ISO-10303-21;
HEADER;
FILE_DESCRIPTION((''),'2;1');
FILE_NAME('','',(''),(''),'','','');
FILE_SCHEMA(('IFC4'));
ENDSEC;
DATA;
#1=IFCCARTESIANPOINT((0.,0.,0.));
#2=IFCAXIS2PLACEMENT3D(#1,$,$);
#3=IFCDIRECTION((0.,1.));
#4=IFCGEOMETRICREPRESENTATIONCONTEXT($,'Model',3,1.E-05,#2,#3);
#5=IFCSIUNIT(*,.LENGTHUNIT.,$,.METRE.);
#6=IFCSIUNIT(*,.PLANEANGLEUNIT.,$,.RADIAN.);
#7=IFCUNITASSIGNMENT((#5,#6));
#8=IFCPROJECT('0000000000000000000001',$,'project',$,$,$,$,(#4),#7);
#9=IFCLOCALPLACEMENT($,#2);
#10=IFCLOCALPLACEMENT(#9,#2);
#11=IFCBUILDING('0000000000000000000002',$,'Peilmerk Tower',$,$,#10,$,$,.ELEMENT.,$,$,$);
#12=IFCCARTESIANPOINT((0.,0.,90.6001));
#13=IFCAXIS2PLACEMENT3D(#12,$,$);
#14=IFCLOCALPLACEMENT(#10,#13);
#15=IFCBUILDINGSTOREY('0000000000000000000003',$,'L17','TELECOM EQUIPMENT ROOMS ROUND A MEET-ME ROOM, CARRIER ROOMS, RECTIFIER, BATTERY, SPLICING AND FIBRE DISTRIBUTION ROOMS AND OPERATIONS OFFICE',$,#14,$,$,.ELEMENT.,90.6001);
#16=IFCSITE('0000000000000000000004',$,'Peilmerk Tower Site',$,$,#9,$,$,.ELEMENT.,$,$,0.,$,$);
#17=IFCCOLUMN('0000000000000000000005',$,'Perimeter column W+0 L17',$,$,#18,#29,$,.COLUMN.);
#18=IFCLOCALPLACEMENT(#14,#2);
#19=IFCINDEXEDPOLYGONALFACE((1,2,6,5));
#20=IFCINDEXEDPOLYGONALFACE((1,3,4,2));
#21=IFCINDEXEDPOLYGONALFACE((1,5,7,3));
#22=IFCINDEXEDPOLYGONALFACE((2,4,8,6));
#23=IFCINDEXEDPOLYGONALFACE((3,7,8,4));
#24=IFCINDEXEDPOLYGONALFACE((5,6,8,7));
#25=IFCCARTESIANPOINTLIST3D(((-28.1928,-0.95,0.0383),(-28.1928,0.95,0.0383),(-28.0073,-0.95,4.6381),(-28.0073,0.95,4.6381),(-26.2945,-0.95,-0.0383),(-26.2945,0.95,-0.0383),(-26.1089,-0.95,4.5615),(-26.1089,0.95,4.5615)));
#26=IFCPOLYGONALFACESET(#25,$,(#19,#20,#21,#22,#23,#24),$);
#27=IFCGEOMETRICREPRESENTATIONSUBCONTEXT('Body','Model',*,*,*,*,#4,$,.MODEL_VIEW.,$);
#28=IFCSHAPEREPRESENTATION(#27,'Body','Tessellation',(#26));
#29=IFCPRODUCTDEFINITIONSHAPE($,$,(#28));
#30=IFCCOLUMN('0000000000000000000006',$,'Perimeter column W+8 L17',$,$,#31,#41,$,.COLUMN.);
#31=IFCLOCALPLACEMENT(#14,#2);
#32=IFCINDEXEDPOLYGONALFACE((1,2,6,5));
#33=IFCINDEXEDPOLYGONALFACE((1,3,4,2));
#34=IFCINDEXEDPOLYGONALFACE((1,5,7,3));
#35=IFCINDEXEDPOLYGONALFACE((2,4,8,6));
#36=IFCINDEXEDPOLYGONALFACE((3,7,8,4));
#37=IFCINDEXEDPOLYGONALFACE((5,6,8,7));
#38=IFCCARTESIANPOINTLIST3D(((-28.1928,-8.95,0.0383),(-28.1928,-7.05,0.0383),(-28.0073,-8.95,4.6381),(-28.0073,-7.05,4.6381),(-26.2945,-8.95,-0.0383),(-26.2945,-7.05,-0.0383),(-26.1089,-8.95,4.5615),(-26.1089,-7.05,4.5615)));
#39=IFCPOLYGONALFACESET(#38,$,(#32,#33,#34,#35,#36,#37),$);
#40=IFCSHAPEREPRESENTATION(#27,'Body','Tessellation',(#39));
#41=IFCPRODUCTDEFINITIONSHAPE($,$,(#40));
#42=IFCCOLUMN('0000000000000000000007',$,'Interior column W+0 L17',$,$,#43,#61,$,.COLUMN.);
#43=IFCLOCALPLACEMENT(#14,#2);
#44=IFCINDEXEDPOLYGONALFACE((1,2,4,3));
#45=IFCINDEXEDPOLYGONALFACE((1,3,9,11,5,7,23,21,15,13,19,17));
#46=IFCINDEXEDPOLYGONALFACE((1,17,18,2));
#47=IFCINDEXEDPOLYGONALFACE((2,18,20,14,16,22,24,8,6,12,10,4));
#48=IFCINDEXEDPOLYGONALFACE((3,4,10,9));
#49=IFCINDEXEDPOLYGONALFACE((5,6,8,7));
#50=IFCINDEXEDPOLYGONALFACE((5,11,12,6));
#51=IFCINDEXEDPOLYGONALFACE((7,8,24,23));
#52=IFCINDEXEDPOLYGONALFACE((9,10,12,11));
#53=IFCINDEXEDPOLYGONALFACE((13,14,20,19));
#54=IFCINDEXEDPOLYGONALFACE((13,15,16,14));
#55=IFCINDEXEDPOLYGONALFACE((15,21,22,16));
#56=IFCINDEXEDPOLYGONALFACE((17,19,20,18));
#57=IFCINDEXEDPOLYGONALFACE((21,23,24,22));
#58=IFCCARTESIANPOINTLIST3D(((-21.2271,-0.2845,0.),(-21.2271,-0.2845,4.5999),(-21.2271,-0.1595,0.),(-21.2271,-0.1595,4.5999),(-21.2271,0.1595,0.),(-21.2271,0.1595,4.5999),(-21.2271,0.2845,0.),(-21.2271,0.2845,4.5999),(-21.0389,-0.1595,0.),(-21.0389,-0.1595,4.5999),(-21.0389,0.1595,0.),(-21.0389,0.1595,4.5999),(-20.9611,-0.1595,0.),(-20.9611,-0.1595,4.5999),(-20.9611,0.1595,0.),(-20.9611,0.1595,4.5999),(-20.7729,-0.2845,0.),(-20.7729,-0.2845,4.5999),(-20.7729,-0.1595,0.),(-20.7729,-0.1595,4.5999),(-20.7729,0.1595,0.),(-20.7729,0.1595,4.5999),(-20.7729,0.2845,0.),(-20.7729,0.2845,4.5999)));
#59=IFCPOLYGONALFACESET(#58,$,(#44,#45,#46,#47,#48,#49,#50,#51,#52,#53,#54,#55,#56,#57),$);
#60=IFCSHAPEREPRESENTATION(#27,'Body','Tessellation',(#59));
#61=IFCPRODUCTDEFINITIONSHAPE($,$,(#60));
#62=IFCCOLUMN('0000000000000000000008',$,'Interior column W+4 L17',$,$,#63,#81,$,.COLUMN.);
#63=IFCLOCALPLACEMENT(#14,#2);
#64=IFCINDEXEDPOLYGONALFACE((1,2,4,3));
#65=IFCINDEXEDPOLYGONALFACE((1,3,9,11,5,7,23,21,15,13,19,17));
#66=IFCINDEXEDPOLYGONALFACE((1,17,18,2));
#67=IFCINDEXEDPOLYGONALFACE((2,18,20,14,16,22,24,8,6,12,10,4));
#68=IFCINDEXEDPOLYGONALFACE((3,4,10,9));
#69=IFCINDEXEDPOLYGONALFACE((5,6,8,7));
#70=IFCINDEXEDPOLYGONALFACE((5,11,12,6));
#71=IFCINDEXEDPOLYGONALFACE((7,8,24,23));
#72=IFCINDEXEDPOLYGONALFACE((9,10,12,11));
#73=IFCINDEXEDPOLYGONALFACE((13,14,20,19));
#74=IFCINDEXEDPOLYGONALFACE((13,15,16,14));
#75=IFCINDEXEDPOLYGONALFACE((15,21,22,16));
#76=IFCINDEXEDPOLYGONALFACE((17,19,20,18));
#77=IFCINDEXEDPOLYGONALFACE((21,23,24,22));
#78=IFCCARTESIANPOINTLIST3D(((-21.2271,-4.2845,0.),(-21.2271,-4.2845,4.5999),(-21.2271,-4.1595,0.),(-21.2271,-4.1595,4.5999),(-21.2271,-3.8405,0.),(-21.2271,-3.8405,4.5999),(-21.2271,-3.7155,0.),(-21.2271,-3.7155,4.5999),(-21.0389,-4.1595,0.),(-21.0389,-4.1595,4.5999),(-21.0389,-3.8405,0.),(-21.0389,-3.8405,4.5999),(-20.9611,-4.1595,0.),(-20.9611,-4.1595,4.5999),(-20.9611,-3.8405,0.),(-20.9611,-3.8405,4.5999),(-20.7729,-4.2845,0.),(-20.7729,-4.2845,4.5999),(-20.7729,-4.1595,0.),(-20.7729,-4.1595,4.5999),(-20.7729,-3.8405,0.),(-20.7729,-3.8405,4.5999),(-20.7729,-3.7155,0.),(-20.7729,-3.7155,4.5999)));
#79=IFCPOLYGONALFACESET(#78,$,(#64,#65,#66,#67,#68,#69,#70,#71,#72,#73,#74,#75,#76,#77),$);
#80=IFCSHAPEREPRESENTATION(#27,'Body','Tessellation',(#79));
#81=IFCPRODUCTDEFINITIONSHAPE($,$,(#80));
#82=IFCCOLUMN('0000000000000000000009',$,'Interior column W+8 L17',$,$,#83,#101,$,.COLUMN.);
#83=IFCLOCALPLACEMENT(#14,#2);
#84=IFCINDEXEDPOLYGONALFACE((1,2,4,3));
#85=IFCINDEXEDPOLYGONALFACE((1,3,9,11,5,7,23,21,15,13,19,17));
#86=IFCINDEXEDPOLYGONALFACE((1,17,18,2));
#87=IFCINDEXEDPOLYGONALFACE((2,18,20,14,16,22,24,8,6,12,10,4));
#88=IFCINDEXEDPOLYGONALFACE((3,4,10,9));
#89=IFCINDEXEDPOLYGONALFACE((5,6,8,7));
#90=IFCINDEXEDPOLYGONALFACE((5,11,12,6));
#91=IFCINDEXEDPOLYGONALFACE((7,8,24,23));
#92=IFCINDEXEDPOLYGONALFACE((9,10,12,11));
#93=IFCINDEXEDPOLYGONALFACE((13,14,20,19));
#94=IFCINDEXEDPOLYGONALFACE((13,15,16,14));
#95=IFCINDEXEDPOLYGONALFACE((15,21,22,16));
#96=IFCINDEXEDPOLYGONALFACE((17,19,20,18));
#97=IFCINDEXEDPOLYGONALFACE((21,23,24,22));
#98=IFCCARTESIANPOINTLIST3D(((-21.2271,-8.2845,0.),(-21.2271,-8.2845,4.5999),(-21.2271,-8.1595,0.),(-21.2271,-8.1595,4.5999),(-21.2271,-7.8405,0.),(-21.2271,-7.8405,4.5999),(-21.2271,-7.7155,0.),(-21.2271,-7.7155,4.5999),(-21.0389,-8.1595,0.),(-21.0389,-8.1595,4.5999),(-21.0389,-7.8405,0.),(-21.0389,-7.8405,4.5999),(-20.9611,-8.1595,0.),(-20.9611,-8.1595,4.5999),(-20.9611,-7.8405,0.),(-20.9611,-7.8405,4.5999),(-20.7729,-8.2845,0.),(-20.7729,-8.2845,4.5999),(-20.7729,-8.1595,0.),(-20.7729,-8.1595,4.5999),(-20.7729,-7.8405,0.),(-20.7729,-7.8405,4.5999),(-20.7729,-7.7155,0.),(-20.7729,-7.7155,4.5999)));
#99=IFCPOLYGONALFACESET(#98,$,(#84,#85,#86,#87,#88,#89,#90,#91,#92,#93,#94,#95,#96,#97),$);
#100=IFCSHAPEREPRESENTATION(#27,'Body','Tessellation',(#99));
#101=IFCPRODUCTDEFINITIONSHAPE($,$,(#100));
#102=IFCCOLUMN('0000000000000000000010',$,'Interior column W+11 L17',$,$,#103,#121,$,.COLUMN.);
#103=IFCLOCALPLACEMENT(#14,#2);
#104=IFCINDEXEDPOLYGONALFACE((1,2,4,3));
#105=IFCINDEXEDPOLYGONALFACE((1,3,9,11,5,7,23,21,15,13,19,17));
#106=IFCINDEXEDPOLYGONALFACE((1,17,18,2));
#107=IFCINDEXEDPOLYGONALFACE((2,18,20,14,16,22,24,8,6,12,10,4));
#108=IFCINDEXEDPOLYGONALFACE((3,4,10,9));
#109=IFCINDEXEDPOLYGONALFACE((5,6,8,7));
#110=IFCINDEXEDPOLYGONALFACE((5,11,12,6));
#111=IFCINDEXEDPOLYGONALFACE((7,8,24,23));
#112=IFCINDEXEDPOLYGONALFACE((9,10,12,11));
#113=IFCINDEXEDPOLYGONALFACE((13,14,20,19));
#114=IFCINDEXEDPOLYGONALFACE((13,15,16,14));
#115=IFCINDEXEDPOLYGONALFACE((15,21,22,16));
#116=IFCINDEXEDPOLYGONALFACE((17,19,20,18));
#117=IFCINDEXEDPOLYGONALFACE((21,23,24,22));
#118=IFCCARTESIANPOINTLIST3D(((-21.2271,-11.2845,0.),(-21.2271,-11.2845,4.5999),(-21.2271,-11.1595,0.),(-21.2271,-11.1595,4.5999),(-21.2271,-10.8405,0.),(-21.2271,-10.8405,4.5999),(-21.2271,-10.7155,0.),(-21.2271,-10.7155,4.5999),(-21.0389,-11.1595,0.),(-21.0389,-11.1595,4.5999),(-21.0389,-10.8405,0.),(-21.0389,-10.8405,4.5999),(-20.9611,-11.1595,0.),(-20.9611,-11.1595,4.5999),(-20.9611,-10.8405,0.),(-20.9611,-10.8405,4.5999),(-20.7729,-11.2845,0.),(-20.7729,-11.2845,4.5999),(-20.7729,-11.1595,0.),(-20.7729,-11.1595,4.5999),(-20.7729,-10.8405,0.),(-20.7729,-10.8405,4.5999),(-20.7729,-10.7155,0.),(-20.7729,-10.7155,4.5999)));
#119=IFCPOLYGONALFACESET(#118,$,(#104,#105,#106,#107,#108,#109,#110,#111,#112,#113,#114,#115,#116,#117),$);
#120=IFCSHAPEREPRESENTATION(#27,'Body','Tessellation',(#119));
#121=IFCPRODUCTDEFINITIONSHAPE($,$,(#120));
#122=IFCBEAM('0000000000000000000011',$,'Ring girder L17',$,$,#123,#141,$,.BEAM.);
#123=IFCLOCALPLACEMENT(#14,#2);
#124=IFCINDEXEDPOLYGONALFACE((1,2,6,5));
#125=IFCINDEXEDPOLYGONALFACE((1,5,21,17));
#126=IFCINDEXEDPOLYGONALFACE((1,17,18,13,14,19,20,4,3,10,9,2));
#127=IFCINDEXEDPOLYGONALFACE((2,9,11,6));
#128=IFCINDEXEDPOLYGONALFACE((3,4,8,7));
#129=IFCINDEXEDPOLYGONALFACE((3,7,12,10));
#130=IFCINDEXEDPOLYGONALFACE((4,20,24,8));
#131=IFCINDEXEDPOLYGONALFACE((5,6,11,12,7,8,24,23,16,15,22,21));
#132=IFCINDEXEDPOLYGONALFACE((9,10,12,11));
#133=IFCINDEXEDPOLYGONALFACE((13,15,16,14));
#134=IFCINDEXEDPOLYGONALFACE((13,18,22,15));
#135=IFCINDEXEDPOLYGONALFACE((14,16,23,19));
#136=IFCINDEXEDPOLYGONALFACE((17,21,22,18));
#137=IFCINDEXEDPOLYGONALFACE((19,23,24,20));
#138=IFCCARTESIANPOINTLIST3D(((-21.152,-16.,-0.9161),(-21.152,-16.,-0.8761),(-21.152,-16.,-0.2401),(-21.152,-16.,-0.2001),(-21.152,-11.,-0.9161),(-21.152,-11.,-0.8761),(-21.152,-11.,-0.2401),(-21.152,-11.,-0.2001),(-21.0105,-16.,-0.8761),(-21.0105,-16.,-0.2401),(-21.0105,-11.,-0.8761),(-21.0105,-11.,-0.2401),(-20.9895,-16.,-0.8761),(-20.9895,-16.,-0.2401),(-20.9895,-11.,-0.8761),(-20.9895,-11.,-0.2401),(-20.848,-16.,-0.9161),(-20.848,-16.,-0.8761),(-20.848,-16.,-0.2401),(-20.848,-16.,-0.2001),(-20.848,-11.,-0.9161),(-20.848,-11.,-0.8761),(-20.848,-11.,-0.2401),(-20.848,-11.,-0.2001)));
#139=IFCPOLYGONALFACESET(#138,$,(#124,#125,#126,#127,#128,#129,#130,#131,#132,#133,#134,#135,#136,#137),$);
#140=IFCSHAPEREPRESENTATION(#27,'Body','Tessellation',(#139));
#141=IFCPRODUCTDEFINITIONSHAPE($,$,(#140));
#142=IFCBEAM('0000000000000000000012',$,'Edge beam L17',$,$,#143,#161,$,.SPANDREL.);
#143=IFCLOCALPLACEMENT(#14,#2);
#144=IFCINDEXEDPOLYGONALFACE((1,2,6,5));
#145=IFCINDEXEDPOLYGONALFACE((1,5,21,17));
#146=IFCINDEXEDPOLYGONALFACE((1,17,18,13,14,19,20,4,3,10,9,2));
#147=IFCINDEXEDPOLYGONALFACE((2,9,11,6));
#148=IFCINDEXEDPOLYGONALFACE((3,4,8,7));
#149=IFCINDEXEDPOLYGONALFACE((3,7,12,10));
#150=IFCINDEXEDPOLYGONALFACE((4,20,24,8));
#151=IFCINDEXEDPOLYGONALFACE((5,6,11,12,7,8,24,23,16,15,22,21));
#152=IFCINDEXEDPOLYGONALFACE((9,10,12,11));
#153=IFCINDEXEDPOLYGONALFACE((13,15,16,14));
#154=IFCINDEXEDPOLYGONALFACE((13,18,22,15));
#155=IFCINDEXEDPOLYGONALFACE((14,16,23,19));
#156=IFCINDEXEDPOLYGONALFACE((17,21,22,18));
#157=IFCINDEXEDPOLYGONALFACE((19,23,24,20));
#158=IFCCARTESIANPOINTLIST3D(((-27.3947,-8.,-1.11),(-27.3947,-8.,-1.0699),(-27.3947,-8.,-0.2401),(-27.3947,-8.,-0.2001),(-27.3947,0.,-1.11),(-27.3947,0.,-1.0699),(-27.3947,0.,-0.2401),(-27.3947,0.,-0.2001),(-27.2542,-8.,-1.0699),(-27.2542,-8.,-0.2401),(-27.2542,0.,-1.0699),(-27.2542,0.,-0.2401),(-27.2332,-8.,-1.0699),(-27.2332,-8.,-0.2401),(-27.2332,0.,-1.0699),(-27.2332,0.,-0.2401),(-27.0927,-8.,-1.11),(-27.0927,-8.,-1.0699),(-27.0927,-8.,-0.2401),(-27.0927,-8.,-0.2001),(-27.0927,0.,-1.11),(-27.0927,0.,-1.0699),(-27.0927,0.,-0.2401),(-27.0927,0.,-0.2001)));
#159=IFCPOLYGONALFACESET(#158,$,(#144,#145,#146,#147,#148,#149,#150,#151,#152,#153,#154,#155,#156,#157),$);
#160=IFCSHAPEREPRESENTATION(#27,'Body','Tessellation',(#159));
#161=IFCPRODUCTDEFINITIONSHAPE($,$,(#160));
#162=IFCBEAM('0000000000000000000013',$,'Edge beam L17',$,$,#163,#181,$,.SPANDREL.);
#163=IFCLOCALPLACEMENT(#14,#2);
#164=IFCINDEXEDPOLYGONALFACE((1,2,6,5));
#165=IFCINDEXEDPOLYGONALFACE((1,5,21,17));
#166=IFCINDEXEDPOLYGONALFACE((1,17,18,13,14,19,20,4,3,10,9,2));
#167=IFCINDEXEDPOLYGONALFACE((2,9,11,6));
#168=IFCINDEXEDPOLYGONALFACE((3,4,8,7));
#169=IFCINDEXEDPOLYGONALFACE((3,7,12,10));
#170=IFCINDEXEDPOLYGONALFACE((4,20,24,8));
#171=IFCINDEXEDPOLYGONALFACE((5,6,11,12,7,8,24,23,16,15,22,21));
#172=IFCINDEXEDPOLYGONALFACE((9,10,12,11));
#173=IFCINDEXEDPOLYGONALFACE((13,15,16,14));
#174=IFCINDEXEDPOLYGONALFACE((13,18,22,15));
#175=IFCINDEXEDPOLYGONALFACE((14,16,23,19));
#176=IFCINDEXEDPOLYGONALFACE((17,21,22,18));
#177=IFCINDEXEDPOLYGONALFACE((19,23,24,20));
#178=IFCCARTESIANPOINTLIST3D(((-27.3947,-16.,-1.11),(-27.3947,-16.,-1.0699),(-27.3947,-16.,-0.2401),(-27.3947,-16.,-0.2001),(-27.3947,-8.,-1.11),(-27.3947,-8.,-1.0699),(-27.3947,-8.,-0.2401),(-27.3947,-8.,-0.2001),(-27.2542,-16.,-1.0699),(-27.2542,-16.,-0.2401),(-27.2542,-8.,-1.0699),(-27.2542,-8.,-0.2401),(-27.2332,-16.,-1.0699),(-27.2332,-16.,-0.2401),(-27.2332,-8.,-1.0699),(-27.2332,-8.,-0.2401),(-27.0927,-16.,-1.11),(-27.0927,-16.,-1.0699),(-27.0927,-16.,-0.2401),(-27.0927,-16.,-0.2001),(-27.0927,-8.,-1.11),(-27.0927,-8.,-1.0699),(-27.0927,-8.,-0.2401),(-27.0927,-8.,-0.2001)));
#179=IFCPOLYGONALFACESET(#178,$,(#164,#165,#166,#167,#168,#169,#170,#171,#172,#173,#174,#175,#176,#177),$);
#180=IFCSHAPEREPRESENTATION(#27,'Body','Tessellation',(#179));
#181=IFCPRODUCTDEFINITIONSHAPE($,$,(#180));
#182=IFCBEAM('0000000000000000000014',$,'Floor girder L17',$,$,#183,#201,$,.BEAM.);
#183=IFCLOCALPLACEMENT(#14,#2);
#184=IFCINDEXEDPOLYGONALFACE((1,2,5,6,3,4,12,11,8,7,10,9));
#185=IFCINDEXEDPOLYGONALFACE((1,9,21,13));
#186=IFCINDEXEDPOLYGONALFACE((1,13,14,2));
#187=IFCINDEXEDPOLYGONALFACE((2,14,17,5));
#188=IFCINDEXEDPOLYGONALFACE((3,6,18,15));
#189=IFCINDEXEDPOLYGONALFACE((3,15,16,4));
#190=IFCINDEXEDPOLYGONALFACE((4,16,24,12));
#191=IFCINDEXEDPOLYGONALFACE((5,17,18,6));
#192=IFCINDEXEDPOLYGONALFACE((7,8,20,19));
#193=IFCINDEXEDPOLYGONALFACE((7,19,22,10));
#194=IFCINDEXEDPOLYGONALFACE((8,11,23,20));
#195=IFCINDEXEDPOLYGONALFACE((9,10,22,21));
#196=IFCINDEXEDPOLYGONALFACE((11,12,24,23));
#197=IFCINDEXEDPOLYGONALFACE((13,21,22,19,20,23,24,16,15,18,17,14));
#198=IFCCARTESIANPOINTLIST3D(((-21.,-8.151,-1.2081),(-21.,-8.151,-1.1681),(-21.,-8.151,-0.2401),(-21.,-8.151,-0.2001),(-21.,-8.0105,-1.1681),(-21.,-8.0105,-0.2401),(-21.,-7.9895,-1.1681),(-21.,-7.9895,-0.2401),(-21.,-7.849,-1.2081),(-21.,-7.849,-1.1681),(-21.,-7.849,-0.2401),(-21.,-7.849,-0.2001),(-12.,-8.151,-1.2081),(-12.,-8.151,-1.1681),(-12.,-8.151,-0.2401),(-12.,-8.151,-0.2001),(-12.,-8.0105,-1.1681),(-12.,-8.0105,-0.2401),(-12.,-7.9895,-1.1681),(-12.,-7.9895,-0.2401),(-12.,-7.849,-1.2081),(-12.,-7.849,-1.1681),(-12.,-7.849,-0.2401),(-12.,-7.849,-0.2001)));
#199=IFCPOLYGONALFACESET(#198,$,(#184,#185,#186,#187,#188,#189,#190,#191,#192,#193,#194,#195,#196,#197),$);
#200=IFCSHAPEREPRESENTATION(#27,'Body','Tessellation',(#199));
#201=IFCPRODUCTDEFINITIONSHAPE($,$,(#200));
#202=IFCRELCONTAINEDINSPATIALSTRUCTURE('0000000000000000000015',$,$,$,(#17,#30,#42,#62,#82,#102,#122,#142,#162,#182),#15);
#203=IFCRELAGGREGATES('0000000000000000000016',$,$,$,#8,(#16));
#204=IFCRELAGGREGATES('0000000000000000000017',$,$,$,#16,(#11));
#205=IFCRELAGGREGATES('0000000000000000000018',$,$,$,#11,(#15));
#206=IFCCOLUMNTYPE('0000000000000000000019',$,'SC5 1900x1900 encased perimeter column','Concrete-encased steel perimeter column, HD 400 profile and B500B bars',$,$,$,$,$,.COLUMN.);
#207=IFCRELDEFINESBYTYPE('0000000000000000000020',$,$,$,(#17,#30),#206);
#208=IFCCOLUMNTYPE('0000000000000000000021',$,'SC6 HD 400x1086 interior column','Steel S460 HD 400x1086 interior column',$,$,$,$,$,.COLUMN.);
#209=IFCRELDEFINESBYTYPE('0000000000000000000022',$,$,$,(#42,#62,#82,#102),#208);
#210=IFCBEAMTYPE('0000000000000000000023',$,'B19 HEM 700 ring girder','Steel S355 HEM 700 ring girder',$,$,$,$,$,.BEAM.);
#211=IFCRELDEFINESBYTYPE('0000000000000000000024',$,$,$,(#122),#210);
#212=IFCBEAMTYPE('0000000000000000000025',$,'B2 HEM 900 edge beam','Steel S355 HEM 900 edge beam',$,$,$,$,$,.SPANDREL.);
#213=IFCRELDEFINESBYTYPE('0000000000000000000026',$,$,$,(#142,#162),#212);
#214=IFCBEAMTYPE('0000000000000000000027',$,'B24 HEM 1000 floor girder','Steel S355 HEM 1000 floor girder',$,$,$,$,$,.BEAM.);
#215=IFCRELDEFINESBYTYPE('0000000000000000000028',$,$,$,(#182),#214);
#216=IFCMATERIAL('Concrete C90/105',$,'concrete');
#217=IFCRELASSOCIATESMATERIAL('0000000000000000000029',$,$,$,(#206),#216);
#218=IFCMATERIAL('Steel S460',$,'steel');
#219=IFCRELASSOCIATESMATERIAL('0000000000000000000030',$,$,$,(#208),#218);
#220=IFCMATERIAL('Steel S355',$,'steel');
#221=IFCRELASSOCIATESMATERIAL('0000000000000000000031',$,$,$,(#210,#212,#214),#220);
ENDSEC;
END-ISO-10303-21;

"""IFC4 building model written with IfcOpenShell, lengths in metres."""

from ifc_helpers import new_model, si_unit, direction, frame, origin, origin_2d, place, context, subcontext, project, spatial, rectangle, i_section, extrude, material, material_profile, profile_set, type_object, element, save


model = new_model("IFC4")

# Units and contexts
model_context = context("Model", 3, precision=1e-05, world=origin(), true_north=direction((0.0, 1.0)))
body_context = subcontext(model_context, "Body", "Model", "MODEL_VIEW")
ifc_project = project(units=[si_unit("LENGTHUNIT", "METRE"), si_unit("PLANEANGLEUNIT", "RADIAN")], contexts=[model_context])

# Site, building, storey
site_placement = place(None, origin())
site = spatial("IfcSite", under=ifc_project, at=site_placement, Name="Peilmerk Tower Site", CompositionType="ELEMENT", RefElevation=0.0)
building_placement = place(site_placement, origin())
building = spatial("IfcBuilding", under=site, at=building_placement, Name="Peilmerk Tower", CompositionType="ELEMENT")
storey_placement = place(building_placement, frame((0.0, 0.0, 90.6001)))
storey = spatial("IfcBuildingStorey", under=building, at=storey_placement, Name="L17", Description="TELECOM EQUIPMENT ROOMS ROUND A MEET-ME ROOM, CARRIER ROOMS, RECTIFIER, BATTERY, SPLICING AND FIBRE DISTRIBUTION ROOMS AND OPERATIONS OFFICE", CompositionType="ELEMENT", Elevation=90.6001)

# Columns
ifc_material_1 = material(Name="Concrete C90/105", Category="concrete")
ifc_material_profile_1 = material_profile(ifc_material_1, rectangle(XDim=1.8999, YDim=1.8999, at=origin_2d()), Name="RC 1900x1900")
ifc_profile_set_1 = profile_set([ifc_material_profile_1], Name="Concrete C90/105")
column_type_1 = type_object("IfcColumnType", Name="SC5 1900x1900 encased perimeter column", Description="Concrete-encased steel perimeter column, HD 400 profile and B500B bars", PredefinedType="COLUMN", material=ifc_profile_set_1)
for number, where, z_axis, x_axis, name in (
    (1, (-27.2437, 0.0, 0.0), (0.040305, 0.0, 0.999187), (0.0, 1.0, 0.0), "Perimeter column W+0 L17"),
    (2, (-27.2437, -8.0, 0.0), (0.040305, 0.0, 0.999187), (0.0, 1.0, 0.0), "Perimeter column W+8 L17"),
):
    element("IfcColumn", number, at=place(storey_placement, frame(where, z_axis=z_axis, x_axis=x_axis)), inside=storey, type_object=column_type_1, Name=name, PredefinedType="COLUMN", context=body_context, shape_type="SweptSolid", body=[
        extrude(rectangle(XDim=1.8999, YDim=1.8999, at=origin_2d()), origin(), (0.0, 0.0, 1.0), 4.6035),
    ])
ifc_material_2 = material(Name="Steel S460", Category="steel")
ifc_material_profile_2 = material_profile(ifc_material_2, i_section(OverallWidth=0.4541, OverallDepth=0.5691, WebThickness=0.0779, FlangeThickness=0.125, at=origin_2d()), Name="HD 400x1086")
ifc_profile_set_2 = profile_set([ifc_material_profile_2], Name="Steel S460")
column_type_2 = type_object("IfcColumnType", Name="SC6 HD 400x1086 interior column", Description="Steel S460 HD 400x1086 interior column", PredefinedType="COLUMN", material=ifc_profile_set_2)
for number, where, z_axis, x_axis, name in (
    (3, (-21.0, 0.0, 0.0), (0.0, 0.0, 1.0), (1.0, 0.0, 0.0), "Interior column W+0 L17"),
    (4, (-21.0, -4.0, 0.0), (0.0, 0.0, 1.0), (1.0, 0.0, 0.0), "Interior column W+4 L17"),
    (5, (-21.0, -8.0, 0.0), (0.0, 0.0, 1.0), (1.0, 0.0, 0.0), "Interior column W+8 L17"),
    (6, (-21.0, -11.0, 0.0), (0.0, 0.0, 1.0), (1.0, 0.0, 0.0), "Interior column W+11 L17"),
):
    element("IfcColumn", number, at=place(storey_placement, frame(where, z_axis=z_axis, x_axis=x_axis)), inside=storey, type_object=column_type_2, Name=name, PredefinedType="COLUMN", context=body_context, shape_type="SweptSolid", body=[
        extrude(i_section(OverallWidth=0.4541, OverallDepth=0.5691, WebThickness=0.0779, FlangeThickness=0.125, at=origin_2d()), origin(), (0.0, 0.0, 1.0), 4.5999),
    ])

# Beams
ifc_material_3 = material(Name="Steel S355", Category="steel")
ifc_material_profile_3 = material_profile(ifc_material_3, i_section(OverallWidth=0.304, OverallDepth=0.7161, WebThickness=0.021, FlangeThickness=0.04, at=origin_2d()), Name="HEM 700")
ifc_profile_set_3 = profile_set([ifc_material_profile_3], Name="Steel S355")
beam_type_1 = type_object("IfcBeamType", Name="B19 HEM 700 ring girder", Description="Steel S355 HEM 700 ring girder", PredefinedType="BEAM", material=ifc_profile_set_3)
beam_1_placement = place(storey_placement, frame((-21.0, -11.0, -0.5581), z_axis=(0.0, -1.0, 0.0), x_axis=(1.0, 0.0, 0.0)))
element("IfcBeam", 7, at=beam_1_placement, inside=storey, type_object=beam_type_1, Name="Ring girder L17", PredefinedType="BEAM", context=body_context, shape_type="SweptSolid", body=[
    extrude(i_section(OverallWidth=0.304, OverallDepth=0.7161, WebThickness=0.021, FlangeThickness=0.04, at=origin_2d()), origin(), (0.0, 0.0, 1.0), 5.0),
])
ifc_material_profile_4 = material_profile(ifc_material_3, i_section(OverallWidth=0.302, OverallDepth=0.9099, WebThickness=0.021, FlangeThickness=0.04, at=origin_2d()), Name="HEM 900")
ifc_profile_set_4 = profile_set([ifc_material_profile_4], Name="Steel S355")
beam_type_2 = type_object("IfcBeamType", Name="B2 HEM 900 edge beam", Description="Steel S355 HEM 900 edge beam", PredefinedType="SPANDREL", material=ifc_profile_set_4)
for number, where, z_axis, x_axis, name in (
    (8, (-27.2437, 0.0, -0.655), (0.0, -1.0, 0.0), (1.0, 0.0, 0.0), "Edge beam L17"),
    (9, (-27.2437, -8.0, -0.655), (0.0, -1.0, 0.0), (1.0, 0.0, 0.0), "Edge beam L17"),
):
    element("IfcBeam", number, at=place(storey_placement, frame(where, z_axis=z_axis, x_axis=x_axis)), inside=storey, type_object=beam_type_2, Name=name, PredefinedType="SPANDREL", context=body_context, shape_type="SweptSolid", body=[
        extrude(i_section(OverallWidth=0.302, OverallDepth=0.9099, WebThickness=0.021, FlangeThickness=0.04, at=origin_2d()), origin(), (0.0, 0.0, 1.0), 8.0),
    ])
ifc_material_profile_5 = material_profile(ifc_material_3, i_section(OverallWidth=0.302, OverallDepth=1.0081, WebThickness=0.021, FlangeThickness=0.04, at=origin_2d()), Name="HEM 1000")
ifc_profile_set_5 = profile_set([ifc_material_profile_5], Name="Steel S355")
beam_type_3 = type_object("IfcBeamType", Name="B24 HEM 1000 floor girder", Description="Steel S355 HEM 1000 floor girder", PredefinedType="BEAM", material=ifc_profile_set_5)
beam_2_placement = place(storey_placement, frame((-12.0, -8.0, -0.7041), z_axis=(-1.0, 0.0, 0.0), x_axis=(0.0, -1.0, 0.0)))
element("IfcBeam", 10, at=beam_2_placement, inside=storey, type_object=beam_type_3, Name="Floor girder L17", PredefinedType="BEAM", context=body_context, shape_type="SweptSolid", body=[
    extrude(i_section(OverallWidth=0.302, OverallDepth=1.0081, WebThickness=0.021, FlangeThickness=0.04, at=origin_2d()), origin(), (0.0, 0.0, 1.0), 9.0),
])

save(model, "model.ifc")
